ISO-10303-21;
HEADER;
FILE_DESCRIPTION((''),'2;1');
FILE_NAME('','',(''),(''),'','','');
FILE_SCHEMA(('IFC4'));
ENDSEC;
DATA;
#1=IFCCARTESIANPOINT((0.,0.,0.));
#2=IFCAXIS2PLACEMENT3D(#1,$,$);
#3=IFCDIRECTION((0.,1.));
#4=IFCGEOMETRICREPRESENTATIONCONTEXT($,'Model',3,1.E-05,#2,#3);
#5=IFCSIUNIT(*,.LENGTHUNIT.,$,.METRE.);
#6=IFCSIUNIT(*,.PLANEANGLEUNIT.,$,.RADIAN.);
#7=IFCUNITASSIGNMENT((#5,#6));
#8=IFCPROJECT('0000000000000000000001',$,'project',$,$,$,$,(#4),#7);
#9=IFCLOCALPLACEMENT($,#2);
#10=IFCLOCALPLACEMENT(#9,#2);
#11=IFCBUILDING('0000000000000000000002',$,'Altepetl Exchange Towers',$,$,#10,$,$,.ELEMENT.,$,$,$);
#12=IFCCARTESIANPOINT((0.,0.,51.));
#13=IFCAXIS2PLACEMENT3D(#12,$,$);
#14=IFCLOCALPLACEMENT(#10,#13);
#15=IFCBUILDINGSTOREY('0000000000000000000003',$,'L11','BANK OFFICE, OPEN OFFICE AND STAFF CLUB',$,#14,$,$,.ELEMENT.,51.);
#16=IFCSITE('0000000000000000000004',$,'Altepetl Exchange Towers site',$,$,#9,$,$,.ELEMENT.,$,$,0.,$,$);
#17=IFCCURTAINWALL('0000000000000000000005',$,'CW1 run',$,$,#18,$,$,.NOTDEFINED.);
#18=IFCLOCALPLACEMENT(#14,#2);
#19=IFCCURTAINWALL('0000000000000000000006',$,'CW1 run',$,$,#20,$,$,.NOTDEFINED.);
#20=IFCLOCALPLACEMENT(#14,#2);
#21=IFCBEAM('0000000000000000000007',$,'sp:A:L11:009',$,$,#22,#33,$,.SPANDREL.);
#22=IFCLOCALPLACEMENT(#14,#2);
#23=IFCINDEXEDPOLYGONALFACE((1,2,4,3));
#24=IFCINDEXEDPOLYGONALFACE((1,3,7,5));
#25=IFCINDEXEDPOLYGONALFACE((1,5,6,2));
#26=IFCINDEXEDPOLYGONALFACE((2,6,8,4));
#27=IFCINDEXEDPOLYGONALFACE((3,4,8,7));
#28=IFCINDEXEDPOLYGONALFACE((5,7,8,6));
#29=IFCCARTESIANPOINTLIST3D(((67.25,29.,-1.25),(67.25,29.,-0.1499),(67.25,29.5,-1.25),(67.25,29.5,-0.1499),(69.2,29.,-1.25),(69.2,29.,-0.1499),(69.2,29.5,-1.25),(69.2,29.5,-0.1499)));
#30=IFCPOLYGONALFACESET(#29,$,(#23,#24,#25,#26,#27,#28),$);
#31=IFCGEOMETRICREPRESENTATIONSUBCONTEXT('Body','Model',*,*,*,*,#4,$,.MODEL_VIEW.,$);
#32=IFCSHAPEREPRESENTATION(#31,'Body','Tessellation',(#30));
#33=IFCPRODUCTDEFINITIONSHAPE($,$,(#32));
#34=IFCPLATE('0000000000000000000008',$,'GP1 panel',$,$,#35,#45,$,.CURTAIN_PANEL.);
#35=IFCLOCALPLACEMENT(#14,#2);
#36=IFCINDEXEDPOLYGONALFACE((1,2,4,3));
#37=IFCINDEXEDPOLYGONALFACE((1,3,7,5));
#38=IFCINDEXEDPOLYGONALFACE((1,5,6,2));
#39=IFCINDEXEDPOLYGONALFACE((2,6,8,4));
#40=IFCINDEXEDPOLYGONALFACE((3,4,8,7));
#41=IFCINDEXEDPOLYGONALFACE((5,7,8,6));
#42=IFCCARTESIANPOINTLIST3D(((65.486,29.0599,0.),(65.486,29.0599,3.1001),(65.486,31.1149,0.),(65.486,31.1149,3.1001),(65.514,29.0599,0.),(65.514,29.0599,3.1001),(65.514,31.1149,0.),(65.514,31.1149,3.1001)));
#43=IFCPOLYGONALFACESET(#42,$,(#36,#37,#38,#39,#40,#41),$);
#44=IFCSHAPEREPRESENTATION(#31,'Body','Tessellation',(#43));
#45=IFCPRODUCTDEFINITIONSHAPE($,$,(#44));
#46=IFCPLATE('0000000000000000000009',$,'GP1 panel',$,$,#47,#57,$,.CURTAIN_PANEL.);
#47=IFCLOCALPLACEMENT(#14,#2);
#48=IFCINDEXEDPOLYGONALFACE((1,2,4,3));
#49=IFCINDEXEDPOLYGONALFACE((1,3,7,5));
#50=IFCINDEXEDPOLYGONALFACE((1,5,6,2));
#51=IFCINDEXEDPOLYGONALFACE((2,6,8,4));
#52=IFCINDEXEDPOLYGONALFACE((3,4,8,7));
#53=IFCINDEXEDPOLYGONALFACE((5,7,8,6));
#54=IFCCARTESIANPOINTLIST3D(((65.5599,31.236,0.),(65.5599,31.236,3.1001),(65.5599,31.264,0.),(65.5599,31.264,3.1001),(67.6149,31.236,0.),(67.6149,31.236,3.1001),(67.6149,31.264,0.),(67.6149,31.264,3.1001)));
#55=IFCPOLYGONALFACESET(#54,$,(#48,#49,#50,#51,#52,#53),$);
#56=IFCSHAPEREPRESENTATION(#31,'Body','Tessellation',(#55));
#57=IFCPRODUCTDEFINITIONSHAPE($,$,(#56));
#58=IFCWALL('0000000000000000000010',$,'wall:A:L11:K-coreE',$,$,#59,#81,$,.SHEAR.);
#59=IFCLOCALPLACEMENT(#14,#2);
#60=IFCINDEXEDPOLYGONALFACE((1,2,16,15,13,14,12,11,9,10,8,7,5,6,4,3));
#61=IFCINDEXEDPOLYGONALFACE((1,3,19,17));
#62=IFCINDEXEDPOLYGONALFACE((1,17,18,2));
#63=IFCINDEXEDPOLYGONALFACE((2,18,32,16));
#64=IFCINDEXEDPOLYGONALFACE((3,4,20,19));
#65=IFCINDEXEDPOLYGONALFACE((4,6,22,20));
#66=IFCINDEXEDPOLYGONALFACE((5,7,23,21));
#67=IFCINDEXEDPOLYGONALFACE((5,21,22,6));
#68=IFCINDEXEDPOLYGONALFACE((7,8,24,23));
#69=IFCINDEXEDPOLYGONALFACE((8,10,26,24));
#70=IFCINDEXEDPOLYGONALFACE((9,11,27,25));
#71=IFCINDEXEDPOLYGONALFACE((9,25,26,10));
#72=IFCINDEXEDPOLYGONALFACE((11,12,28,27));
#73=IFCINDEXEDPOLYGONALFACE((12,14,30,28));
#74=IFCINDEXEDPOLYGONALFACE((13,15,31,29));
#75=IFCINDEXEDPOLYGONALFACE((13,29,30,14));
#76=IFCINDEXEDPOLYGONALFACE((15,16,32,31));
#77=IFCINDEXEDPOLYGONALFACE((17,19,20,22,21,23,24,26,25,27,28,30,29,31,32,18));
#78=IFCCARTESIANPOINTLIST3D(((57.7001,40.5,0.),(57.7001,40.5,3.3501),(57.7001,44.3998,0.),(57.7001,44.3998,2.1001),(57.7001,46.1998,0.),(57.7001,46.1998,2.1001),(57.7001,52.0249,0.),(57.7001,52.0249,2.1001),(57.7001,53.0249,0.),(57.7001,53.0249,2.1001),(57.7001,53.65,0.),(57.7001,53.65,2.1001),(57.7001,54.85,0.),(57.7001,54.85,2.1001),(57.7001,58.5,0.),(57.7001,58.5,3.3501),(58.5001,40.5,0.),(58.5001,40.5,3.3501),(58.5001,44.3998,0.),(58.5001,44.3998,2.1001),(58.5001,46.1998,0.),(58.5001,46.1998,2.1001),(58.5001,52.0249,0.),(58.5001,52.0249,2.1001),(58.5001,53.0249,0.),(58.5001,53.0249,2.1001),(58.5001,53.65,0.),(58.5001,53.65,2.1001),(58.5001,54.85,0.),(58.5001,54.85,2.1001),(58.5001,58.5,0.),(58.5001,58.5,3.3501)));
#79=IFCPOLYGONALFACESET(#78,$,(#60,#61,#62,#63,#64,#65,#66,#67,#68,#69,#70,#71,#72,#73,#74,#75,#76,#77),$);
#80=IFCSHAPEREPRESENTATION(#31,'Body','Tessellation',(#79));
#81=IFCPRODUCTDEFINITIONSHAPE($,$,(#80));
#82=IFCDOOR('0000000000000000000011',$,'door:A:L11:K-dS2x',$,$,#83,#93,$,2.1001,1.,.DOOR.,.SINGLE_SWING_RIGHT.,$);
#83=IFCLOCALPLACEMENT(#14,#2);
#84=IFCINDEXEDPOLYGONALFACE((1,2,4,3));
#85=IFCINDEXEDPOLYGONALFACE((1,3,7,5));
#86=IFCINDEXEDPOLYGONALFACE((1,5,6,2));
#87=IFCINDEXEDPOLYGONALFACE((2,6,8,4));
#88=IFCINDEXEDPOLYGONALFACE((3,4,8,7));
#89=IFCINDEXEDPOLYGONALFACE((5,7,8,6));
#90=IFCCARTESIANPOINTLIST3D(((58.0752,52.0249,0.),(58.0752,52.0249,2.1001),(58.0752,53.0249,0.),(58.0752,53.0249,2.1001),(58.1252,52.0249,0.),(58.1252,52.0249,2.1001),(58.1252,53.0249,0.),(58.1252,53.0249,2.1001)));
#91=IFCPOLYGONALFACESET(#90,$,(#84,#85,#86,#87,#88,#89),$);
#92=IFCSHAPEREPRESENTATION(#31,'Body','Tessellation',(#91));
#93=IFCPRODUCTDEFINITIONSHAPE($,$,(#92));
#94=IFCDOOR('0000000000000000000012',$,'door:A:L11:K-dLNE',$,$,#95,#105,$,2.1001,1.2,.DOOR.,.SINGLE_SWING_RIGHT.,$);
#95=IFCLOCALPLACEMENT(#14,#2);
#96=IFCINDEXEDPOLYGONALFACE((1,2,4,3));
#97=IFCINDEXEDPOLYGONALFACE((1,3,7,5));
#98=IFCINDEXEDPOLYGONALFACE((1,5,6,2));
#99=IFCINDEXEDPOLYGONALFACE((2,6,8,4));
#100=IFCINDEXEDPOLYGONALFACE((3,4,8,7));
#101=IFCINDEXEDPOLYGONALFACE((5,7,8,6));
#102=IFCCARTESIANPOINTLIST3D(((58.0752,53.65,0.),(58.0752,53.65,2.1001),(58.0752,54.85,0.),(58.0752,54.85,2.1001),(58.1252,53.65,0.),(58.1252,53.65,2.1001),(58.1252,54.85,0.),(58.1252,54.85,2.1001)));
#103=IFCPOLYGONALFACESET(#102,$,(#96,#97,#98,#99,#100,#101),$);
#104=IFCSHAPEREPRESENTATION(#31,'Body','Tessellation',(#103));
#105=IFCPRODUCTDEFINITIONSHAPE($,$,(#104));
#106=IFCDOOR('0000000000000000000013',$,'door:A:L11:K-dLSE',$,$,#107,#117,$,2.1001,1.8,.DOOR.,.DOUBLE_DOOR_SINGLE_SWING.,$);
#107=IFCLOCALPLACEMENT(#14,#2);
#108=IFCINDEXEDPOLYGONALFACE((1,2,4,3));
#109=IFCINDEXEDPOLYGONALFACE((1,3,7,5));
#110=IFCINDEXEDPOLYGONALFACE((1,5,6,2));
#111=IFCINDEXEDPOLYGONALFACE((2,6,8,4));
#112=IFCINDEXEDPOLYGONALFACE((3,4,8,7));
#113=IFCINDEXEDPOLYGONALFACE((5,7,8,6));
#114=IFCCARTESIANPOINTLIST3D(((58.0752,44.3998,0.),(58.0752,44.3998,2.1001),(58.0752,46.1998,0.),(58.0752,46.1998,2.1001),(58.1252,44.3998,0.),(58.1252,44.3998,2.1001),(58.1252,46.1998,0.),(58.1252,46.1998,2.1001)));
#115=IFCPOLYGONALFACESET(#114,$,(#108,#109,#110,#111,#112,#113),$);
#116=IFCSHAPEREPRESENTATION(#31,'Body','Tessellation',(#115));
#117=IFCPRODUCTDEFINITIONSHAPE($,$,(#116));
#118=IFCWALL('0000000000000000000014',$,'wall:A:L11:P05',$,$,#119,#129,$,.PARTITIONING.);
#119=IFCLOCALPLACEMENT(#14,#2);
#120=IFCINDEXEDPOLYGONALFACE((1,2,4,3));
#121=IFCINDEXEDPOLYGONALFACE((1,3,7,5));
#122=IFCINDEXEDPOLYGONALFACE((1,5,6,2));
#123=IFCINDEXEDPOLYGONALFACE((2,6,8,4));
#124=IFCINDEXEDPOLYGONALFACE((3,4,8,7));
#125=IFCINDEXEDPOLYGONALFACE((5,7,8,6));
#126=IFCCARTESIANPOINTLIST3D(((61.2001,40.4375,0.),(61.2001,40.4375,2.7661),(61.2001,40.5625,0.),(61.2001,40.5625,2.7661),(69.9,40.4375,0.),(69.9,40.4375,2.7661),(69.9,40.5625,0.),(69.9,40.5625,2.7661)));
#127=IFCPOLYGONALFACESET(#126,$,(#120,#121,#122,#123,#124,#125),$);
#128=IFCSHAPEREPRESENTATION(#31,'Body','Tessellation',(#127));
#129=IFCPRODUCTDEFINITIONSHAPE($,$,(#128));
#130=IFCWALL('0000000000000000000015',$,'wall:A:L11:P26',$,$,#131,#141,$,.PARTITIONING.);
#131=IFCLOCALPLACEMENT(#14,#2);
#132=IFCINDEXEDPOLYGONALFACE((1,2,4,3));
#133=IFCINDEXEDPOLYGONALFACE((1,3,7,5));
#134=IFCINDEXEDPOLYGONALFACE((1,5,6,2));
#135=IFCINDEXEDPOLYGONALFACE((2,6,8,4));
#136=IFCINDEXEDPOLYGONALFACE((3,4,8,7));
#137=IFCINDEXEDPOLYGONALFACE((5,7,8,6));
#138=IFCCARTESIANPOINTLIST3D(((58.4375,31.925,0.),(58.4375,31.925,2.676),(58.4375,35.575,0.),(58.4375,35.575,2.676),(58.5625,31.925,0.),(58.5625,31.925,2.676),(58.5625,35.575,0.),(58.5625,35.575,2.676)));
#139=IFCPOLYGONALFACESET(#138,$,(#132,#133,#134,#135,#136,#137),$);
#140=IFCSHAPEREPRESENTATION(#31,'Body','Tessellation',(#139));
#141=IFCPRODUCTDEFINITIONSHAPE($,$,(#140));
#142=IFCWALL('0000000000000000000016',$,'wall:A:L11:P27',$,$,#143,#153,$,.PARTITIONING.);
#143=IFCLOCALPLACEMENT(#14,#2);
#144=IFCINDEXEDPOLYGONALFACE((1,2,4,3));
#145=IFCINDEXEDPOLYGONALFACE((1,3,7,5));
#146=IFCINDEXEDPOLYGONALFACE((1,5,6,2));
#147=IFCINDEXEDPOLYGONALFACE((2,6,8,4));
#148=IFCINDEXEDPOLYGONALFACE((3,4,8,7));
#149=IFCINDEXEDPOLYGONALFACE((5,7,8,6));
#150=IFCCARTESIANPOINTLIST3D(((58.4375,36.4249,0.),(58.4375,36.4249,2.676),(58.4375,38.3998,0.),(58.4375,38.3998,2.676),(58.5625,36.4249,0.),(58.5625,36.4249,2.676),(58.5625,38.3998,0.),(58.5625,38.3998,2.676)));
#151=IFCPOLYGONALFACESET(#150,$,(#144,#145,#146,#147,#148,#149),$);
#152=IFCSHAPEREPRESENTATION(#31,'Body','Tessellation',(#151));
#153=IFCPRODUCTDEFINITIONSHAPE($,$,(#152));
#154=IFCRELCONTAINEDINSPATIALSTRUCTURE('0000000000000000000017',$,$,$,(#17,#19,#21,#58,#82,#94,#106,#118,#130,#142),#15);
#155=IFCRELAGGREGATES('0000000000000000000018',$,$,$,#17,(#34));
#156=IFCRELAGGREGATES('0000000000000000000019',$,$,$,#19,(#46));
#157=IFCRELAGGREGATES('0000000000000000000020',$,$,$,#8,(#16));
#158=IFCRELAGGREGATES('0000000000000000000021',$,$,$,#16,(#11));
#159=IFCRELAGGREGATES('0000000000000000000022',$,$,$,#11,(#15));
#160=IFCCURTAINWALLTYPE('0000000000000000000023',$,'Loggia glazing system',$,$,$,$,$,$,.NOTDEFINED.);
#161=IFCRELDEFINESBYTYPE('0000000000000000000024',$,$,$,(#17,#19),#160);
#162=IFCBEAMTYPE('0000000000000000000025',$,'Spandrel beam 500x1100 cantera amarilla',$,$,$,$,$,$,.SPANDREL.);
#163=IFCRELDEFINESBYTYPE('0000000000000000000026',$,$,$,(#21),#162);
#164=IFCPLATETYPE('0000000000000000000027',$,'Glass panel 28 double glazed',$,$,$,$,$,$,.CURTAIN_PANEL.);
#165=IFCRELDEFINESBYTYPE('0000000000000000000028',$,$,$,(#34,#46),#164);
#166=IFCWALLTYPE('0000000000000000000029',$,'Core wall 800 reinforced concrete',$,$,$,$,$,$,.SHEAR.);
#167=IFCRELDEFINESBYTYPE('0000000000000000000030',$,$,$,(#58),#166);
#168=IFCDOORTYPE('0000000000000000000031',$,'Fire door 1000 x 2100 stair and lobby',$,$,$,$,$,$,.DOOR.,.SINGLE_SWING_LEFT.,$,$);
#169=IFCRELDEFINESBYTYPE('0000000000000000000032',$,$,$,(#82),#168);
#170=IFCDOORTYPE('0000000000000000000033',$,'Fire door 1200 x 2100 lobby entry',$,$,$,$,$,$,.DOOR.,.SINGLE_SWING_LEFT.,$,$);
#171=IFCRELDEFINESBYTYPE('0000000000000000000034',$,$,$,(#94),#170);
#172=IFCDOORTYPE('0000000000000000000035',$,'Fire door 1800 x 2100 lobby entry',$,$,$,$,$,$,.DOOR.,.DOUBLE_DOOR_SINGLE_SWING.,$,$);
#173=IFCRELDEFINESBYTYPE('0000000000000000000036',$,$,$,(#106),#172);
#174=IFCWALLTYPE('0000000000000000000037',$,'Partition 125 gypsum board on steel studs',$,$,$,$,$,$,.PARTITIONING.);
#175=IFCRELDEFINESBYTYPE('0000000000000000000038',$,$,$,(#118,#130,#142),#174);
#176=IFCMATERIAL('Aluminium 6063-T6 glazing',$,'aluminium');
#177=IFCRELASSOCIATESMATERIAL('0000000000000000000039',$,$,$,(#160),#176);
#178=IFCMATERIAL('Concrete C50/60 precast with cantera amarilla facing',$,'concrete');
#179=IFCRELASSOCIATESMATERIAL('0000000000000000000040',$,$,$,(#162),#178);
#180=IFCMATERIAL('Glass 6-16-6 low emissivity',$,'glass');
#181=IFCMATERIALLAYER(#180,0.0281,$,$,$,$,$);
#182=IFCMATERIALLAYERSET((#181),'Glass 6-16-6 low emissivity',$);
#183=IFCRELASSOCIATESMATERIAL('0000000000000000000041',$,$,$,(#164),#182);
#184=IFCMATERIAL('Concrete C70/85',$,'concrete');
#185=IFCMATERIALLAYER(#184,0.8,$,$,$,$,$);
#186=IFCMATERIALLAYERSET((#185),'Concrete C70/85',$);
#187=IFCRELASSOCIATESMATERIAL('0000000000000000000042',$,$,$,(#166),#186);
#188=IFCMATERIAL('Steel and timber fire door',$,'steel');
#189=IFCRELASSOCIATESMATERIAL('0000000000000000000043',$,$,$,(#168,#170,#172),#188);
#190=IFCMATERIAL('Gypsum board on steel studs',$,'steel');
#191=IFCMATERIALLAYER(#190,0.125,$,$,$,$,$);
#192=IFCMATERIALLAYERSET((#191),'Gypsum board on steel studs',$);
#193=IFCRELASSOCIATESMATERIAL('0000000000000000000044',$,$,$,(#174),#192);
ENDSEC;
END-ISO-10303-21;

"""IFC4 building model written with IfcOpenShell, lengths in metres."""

from ifc_helpers import new_model, si_unit, direction, frame, frame_2d, origin, origin_2d, place, context, subcontext, project, spatial, rectangle, extrude, material, layer, layer_set, material_profile, profile_set, type_object, element, fill, aggregate, save


model = new_model("IFC4")

# Units and contexts
model_context = context("Model", 3, precision=1e-05, world=origin(), true_north=direction((0.0, 1.0)))
body_context = subcontext(model_context, "Body", "Model", "MODEL_VIEW")
ifc_project = project(units=[si_unit("LENGTHUNIT", "METRE"), si_unit("PLANEANGLEUNIT", "RADIAN")], contexts=[model_context])

# Site, building, storey
site_placement = place(None, origin())
site = spatial("IfcSite", under=ifc_project, at=site_placement, Name="Altepetl Exchange Towers site", CompositionType="ELEMENT", RefElevation=0.0)
building_placement = place(site_placement, origin())
building = spatial("IfcBuilding", under=site, at=building_placement, Name="Altepetl Exchange Towers", CompositionType="ELEMENT")
storey_placement = place(building_placement, frame((0.0, 0.0, 51.0)))
storey = spatial("IfcBuildingStorey", under=building, at=storey_placement, Name="L11", Description="BANK OFFICE, OPEN OFFICE AND STAFF CLUB", CompositionType="ELEMENT", Elevation=51.0)

# Shared definitions
ifc_material_1 = material(Name="Concrete C70/85", Category="concrete")

# Curtain walls
ifc_material_2 = material(Name="Aluminium 6063-T6 glazing", Category="aluminium")
curtain_wall_type = type_object("IfcCurtainWallType", Name="Loggia glazing system", PredefinedType="NOTDEFINED", material=ifc_material_2)
curtain_wall_1_placement = place(storey_placement, origin())
curtain_wall_1 = element("IfcCurtainWall", 1, at=curtain_wall_1_placement, inside=storey, type_object=curtain_wall_type, Name="CW1 run", PredefinedType="NOTDEFINED")
curtain_wall_2_placement = place(storey_placement, origin())
curtain_wall_2 = element("IfcCurtainWall", 2, at=curtain_wall_2_placement, inside=storey, type_object=curtain_wall_type, Name="CW1 run", PredefinedType="NOTDEFINED")

# Beam
ifc_material_3 = material(Name="Concrete C50/60 precast with cantera amarilla facing", Category="concrete")
ifc_material_profile_1 = material_profile(ifc_material_3, rectangle(XDim=0.5, YDim=1.1001, at=origin_2d()), Name="500 x 1100")
ifc_profile_set_1 = profile_set([ifc_material_profile_1], Name="Concrete C50/60 precast with cantera amarilla facing")
beam_type_1 = type_object("IfcBeamType", Name="Spandrel beam 500x1100 cantera amarilla", PredefinedType="SPANDREL", material=ifc_profile_set_1)
beam_1_placement = place(storey_placement, frame((67.25, 29.25, -0.7), z_axis=(1.0, 0.0, 0.0), x_axis=(0.0, 1.0, 0.0)))
element("IfcBeam", 3, at=beam_1_placement, inside=storey, type_object=beam_type_1, Name="sp:A:L11:009", PredefinedType="SPANDREL", context=body_context, shape_type="SweptSolid", body=[
    extrude(rectangle(XDim=0.5, YDim=1.1001, at=origin_2d()), origin(), (0.0, 0.0, 1.0), 1.95),
])

# Plates
ifc_material_4 = material(Name="Glass 6-16-6 low emissivity", Category="glass")
ifc_layer_1 = layer(ifc_material_4, 0.0281)
ifc_layer_set_1 = layer_set([ifc_layer_1], Name="Glass 6-16-6 low emissivity")
plate_type = type_object("IfcPlateType", Name="Glass panel 28 double glazed", PredefinedType="CURTAIN_PANEL", material=ifc_layer_set_1)
plate_1_placement = place(storey_placement, frame((65.5, 30.0874, 0.0), z_axis=(0.0, 0.0, 1.0), x_axis=(0.0, 1.0, 0.0)))
plate_1 = element("IfcPlate", 4, at=plate_1_placement, type_object=plate_type, Name="GP1 panel", PredefinedType="CURTAIN_PANEL", context=body_context, shape_type="SweptSolid", body=[
    extrude(rectangle(XDim=2.0549, YDim=0.0281, at=origin_2d()), origin(), (0.0, 0.0, 1.0), 3.1001),
])
aggregate(curtain_wall_1, [plate_1])
plate_2_placement = place(storey_placement, frame((66.5874, 31.25, 0.0)))
plate_2 = element("IfcPlate", 5, at=plate_2_placement, type_object=plate_type, Name="GP1 panel", PredefinedType="CURTAIN_PANEL", context=body_context, shape_type="SweptSolid", body=[
    extrude(rectangle(XDim=2.0549, YDim=0.0281, at=origin_2d()), origin(), (0.0, 0.0, 1.0), 3.1001),
])
aggregate(curtain_wall_2, [plate_2])

# Wall, openings, doors
ifc_layer_2 = layer(ifc_material_1, 0.8)
ifc_layer_set_2 = layer_set([ifc_layer_2], Name="Concrete C70/85")
wall_type_1 = type_object("IfcWallType", Name="Core wall 800 reinforced concrete", PredefinedType="SHEAR", material=ifc_layer_set_2)
wall_1_placement = place(storey_placement, frame((58.1001, 40.5, 0.0), z_axis=(0.0, 0.0, 1.0), x_axis=(0.0, 1.0, 0.0)))
wall_1 = element("IfcWall", 6, at=wall_1_placement, inside=storey, type_object=wall_type_1, Name="wall:A:L11:K-coreE", PredefinedType="SHEAR", context=body_context, shape_type="SweptSolid", body=[
    extrude(rectangle(XDim=18.0, YDim=0.8, at=frame_2d((9.0, 0.0))), origin(), (0.0, 0.0, 1.0), 3.3501),
])
opening_1_placement = place(wall_1_placement, frame((13.1499, 0.0, 0.0)))
opening_1 = element("IfcOpeningElement", 7, at=opening_1_placement, cuts=wall_1, PredefinedType="OPENING", context=body_context, shape_type="SweptSolid", body=[
    extrude(rectangle(XDim=1.2, YDim=2.1001, at=frame_2d((0.6001, 1.05))), frame((0.0, 0.4102, 0.0), z_axis=(0.0, -1.0, 0.0), x_axis=(1.0, 0.0, 0.0)), (0.0, 0.0, 1.0), 0.8201),
])
opening_2_placement = place(wall_1_placement, frame((3.8999, 0.0, 0.0)))
opening_2 = element("IfcOpeningElement", 8, at=opening_2_placement, cuts=wall_1, PredefinedType="OPENING", context=body_context, shape_type="SweptSolid", body=[
    extrude(rectangle(XDim=1.8, YDim=2.1001, at=frame_2d((0.8999, 1.05))), frame((0.0, 0.4102, 0.0), z_axis=(0.0, -1.0, 0.0), x_axis=(1.0, 0.0, 0.0)), (0.0, 0.0, 1.0), 0.8201),
])
opening_3_placement = place(wall_1_placement, frame((11.5249, 0.0, 0.0)))
opening_3 = element("IfcOpeningElement", 9, at=opening_3_placement, cuts=wall_1, PredefinedType="OPENING", context=body_context, shape_type="SweptSolid", body=[
    extrude(rectangle(XDim=1.0, YDim=2.1001, at=frame_2d((0.5, 1.05))), frame((0.0, 0.4102, 0.0), z_axis=(0.0, -1.0, 0.0), x_axis=(1.0, 0.0, 0.0)), (0.0, 0.0, 1.0), 0.8201),
])
ifc_material_5 = material(Name="Steel and timber fire door", Category="steel")
door_type_1 = type_object("IfcDoorType", Name="Fire door 1000 x 2100 stair and lobby", OperationType="SINGLE_SWING_LEFT", PredefinedType="DOOR", material=ifc_material_5)
door_1_placement = place(opening_3_placement, origin())
door_1 = element("IfcDoor", 10, at=door_1_placement, inside=storey, type_object=door_type_1, Name="door:A:L11:K-dS2x", OperationType="SINGLE_SWING_RIGHT", OverallHeight=2.1001, OverallWidth=1.0, PredefinedType="DOOR", context=body_context, shape_type="SweptSolid", body=[
    extrude(rectangle(XDim=1.0, YDim=2.1001, at=frame_2d((0.5, 1.05))), frame((0.0, 0.0249, 0.0), z_axis=(0.0, -1.0, 0.0), x_axis=(1.0, 0.0, 0.0)), (0.0, 0.0, 1.0), 0.05),
])
fill(opening_3, door_1)
door_type_2 = type_object("IfcDoorType", Name="Fire door 1200 x 2100 lobby entry", OperationType="SINGLE_SWING_LEFT", PredefinedType="DOOR", material=ifc_material_5)
door_2_placement = place(opening_1_placement, origin())
door_2 = element("IfcDoor", 11, at=door_2_placement, inside=storey, type_object=door_type_2, Name="door:A:L11:K-dLNE", OperationType="SINGLE_SWING_RIGHT", OverallHeight=2.1001, OverallWidth=1.2, PredefinedType="DOOR", context=body_context, shape_type="SweptSolid", body=[
    extrude(rectangle(XDim=1.2, YDim=2.1001, at=frame_2d((0.6001, 1.05))), frame((0.0, 0.0249, 0.0), z_axis=(0.0, -1.0, 0.0), x_axis=(1.0, 0.0, 0.0)), (0.0, 0.0, 1.0), 0.05),
])
fill(opening_1, door_2)
door_type_3 = type_object("IfcDoorType", Name="Fire door 1800 x 2100 lobby entry", OperationType="DOUBLE_DOOR_SINGLE_SWING", PredefinedType="DOOR", material=ifc_material_5)
door_3_placement = place(opening_2_placement, origin())
door_3 = element("IfcDoor", 12, at=door_3_placement, inside=storey, type_object=door_type_3, Name="door:A:L11:K-dLSE", OperationType="DOUBLE_DOOR_SINGLE_SWING", OverallHeight=2.1001, OverallWidth=1.8, PredefinedType="DOOR", context=body_context, shape_type="SweptSolid", body=[
    extrude(rectangle(XDim=1.8, YDim=2.1001, at=frame_2d((0.8999, 1.05))), frame((0.0, 0.0249, 0.0), z_axis=(0.0, -1.0, 0.0), x_axis=(1.0, 0.0, 0.0)), (0.0, 0.0, 1.0), 0.05),
])
fill(opening_2, door_3)

# Walls
ifc_material_6 = material(Name="Gypsum board on steel studs", Category="steel")
ifc_layer_3 = layer(ifc_material_6, 0.125)
ifc_layer_set_3 = layer_set([ifc_layer_3], Name="Gypsum board on steel studs")
wall_type_2 = type_object("IfcWallType", Name="Partition 125 gypsum board on steel studs", PredefinedType="PARTITIONING", material=ifc_layer_set_3)
wall_2_placement = place(storey_placement, frame((61.2, 40.5, 0.0)))
element("IfcWall", 13, at=wall_2_placement, inside=storey, type_object=wall_type_2, Name="wall:A:L11:P05", PredefinedType="PARTITIONING", context=body_context, shape_type="SweptSolid", body=[
    extrude(rectangle(XDim=8.7, YDim=0.125, at=frame_2d((4.3501, 0.0))), origin(), (0.0, 0.0, 1.0), 2.7661),
])
wall_3_placement = place(storey_placement, frame((58.5, 31.925, 0.0), z_axis=(0.0, 0.0, 1.0), x_axis=(0.0, 1.0, 0.0)))
element("IfcWall", 14, at=wall_3_placement, inside=storey, type_object=wall_type_2, Name="wall:A:L11:P26", PredefinedType="PARTITIONING", context=body_context, shape_type="SweptSolid", body=[
    extrude(rectangle(XDim=3.6499, YDim=0.125, at=frame_2d((1.825, 0.0))), origin(), (0.0, 0.0, 1.0), 2.676),
])
wall_4_placement = place(storey_placement, frame((58.5, 36.425, 0.0), z_axis=(0.0, 0.0, 1.0), x_axis=(0.0, 1.0, 0.0)))
element("IfcWall", 15, at=wall_4_placement, inside=storey, type_object=wall_type_2, Name="wall:A:L11:P27", PredefinedType="PARTITIONING", context=body_context, shape_type="SweptSolid", body=[
    extrude(rectangle(XDim=1.9749, YDim=0.125, at=frame_2d((0.9873, 0.0))), origin(), (0.0, 0.0, 1.0), 2.676),
])

save(model, "model.ifc")
